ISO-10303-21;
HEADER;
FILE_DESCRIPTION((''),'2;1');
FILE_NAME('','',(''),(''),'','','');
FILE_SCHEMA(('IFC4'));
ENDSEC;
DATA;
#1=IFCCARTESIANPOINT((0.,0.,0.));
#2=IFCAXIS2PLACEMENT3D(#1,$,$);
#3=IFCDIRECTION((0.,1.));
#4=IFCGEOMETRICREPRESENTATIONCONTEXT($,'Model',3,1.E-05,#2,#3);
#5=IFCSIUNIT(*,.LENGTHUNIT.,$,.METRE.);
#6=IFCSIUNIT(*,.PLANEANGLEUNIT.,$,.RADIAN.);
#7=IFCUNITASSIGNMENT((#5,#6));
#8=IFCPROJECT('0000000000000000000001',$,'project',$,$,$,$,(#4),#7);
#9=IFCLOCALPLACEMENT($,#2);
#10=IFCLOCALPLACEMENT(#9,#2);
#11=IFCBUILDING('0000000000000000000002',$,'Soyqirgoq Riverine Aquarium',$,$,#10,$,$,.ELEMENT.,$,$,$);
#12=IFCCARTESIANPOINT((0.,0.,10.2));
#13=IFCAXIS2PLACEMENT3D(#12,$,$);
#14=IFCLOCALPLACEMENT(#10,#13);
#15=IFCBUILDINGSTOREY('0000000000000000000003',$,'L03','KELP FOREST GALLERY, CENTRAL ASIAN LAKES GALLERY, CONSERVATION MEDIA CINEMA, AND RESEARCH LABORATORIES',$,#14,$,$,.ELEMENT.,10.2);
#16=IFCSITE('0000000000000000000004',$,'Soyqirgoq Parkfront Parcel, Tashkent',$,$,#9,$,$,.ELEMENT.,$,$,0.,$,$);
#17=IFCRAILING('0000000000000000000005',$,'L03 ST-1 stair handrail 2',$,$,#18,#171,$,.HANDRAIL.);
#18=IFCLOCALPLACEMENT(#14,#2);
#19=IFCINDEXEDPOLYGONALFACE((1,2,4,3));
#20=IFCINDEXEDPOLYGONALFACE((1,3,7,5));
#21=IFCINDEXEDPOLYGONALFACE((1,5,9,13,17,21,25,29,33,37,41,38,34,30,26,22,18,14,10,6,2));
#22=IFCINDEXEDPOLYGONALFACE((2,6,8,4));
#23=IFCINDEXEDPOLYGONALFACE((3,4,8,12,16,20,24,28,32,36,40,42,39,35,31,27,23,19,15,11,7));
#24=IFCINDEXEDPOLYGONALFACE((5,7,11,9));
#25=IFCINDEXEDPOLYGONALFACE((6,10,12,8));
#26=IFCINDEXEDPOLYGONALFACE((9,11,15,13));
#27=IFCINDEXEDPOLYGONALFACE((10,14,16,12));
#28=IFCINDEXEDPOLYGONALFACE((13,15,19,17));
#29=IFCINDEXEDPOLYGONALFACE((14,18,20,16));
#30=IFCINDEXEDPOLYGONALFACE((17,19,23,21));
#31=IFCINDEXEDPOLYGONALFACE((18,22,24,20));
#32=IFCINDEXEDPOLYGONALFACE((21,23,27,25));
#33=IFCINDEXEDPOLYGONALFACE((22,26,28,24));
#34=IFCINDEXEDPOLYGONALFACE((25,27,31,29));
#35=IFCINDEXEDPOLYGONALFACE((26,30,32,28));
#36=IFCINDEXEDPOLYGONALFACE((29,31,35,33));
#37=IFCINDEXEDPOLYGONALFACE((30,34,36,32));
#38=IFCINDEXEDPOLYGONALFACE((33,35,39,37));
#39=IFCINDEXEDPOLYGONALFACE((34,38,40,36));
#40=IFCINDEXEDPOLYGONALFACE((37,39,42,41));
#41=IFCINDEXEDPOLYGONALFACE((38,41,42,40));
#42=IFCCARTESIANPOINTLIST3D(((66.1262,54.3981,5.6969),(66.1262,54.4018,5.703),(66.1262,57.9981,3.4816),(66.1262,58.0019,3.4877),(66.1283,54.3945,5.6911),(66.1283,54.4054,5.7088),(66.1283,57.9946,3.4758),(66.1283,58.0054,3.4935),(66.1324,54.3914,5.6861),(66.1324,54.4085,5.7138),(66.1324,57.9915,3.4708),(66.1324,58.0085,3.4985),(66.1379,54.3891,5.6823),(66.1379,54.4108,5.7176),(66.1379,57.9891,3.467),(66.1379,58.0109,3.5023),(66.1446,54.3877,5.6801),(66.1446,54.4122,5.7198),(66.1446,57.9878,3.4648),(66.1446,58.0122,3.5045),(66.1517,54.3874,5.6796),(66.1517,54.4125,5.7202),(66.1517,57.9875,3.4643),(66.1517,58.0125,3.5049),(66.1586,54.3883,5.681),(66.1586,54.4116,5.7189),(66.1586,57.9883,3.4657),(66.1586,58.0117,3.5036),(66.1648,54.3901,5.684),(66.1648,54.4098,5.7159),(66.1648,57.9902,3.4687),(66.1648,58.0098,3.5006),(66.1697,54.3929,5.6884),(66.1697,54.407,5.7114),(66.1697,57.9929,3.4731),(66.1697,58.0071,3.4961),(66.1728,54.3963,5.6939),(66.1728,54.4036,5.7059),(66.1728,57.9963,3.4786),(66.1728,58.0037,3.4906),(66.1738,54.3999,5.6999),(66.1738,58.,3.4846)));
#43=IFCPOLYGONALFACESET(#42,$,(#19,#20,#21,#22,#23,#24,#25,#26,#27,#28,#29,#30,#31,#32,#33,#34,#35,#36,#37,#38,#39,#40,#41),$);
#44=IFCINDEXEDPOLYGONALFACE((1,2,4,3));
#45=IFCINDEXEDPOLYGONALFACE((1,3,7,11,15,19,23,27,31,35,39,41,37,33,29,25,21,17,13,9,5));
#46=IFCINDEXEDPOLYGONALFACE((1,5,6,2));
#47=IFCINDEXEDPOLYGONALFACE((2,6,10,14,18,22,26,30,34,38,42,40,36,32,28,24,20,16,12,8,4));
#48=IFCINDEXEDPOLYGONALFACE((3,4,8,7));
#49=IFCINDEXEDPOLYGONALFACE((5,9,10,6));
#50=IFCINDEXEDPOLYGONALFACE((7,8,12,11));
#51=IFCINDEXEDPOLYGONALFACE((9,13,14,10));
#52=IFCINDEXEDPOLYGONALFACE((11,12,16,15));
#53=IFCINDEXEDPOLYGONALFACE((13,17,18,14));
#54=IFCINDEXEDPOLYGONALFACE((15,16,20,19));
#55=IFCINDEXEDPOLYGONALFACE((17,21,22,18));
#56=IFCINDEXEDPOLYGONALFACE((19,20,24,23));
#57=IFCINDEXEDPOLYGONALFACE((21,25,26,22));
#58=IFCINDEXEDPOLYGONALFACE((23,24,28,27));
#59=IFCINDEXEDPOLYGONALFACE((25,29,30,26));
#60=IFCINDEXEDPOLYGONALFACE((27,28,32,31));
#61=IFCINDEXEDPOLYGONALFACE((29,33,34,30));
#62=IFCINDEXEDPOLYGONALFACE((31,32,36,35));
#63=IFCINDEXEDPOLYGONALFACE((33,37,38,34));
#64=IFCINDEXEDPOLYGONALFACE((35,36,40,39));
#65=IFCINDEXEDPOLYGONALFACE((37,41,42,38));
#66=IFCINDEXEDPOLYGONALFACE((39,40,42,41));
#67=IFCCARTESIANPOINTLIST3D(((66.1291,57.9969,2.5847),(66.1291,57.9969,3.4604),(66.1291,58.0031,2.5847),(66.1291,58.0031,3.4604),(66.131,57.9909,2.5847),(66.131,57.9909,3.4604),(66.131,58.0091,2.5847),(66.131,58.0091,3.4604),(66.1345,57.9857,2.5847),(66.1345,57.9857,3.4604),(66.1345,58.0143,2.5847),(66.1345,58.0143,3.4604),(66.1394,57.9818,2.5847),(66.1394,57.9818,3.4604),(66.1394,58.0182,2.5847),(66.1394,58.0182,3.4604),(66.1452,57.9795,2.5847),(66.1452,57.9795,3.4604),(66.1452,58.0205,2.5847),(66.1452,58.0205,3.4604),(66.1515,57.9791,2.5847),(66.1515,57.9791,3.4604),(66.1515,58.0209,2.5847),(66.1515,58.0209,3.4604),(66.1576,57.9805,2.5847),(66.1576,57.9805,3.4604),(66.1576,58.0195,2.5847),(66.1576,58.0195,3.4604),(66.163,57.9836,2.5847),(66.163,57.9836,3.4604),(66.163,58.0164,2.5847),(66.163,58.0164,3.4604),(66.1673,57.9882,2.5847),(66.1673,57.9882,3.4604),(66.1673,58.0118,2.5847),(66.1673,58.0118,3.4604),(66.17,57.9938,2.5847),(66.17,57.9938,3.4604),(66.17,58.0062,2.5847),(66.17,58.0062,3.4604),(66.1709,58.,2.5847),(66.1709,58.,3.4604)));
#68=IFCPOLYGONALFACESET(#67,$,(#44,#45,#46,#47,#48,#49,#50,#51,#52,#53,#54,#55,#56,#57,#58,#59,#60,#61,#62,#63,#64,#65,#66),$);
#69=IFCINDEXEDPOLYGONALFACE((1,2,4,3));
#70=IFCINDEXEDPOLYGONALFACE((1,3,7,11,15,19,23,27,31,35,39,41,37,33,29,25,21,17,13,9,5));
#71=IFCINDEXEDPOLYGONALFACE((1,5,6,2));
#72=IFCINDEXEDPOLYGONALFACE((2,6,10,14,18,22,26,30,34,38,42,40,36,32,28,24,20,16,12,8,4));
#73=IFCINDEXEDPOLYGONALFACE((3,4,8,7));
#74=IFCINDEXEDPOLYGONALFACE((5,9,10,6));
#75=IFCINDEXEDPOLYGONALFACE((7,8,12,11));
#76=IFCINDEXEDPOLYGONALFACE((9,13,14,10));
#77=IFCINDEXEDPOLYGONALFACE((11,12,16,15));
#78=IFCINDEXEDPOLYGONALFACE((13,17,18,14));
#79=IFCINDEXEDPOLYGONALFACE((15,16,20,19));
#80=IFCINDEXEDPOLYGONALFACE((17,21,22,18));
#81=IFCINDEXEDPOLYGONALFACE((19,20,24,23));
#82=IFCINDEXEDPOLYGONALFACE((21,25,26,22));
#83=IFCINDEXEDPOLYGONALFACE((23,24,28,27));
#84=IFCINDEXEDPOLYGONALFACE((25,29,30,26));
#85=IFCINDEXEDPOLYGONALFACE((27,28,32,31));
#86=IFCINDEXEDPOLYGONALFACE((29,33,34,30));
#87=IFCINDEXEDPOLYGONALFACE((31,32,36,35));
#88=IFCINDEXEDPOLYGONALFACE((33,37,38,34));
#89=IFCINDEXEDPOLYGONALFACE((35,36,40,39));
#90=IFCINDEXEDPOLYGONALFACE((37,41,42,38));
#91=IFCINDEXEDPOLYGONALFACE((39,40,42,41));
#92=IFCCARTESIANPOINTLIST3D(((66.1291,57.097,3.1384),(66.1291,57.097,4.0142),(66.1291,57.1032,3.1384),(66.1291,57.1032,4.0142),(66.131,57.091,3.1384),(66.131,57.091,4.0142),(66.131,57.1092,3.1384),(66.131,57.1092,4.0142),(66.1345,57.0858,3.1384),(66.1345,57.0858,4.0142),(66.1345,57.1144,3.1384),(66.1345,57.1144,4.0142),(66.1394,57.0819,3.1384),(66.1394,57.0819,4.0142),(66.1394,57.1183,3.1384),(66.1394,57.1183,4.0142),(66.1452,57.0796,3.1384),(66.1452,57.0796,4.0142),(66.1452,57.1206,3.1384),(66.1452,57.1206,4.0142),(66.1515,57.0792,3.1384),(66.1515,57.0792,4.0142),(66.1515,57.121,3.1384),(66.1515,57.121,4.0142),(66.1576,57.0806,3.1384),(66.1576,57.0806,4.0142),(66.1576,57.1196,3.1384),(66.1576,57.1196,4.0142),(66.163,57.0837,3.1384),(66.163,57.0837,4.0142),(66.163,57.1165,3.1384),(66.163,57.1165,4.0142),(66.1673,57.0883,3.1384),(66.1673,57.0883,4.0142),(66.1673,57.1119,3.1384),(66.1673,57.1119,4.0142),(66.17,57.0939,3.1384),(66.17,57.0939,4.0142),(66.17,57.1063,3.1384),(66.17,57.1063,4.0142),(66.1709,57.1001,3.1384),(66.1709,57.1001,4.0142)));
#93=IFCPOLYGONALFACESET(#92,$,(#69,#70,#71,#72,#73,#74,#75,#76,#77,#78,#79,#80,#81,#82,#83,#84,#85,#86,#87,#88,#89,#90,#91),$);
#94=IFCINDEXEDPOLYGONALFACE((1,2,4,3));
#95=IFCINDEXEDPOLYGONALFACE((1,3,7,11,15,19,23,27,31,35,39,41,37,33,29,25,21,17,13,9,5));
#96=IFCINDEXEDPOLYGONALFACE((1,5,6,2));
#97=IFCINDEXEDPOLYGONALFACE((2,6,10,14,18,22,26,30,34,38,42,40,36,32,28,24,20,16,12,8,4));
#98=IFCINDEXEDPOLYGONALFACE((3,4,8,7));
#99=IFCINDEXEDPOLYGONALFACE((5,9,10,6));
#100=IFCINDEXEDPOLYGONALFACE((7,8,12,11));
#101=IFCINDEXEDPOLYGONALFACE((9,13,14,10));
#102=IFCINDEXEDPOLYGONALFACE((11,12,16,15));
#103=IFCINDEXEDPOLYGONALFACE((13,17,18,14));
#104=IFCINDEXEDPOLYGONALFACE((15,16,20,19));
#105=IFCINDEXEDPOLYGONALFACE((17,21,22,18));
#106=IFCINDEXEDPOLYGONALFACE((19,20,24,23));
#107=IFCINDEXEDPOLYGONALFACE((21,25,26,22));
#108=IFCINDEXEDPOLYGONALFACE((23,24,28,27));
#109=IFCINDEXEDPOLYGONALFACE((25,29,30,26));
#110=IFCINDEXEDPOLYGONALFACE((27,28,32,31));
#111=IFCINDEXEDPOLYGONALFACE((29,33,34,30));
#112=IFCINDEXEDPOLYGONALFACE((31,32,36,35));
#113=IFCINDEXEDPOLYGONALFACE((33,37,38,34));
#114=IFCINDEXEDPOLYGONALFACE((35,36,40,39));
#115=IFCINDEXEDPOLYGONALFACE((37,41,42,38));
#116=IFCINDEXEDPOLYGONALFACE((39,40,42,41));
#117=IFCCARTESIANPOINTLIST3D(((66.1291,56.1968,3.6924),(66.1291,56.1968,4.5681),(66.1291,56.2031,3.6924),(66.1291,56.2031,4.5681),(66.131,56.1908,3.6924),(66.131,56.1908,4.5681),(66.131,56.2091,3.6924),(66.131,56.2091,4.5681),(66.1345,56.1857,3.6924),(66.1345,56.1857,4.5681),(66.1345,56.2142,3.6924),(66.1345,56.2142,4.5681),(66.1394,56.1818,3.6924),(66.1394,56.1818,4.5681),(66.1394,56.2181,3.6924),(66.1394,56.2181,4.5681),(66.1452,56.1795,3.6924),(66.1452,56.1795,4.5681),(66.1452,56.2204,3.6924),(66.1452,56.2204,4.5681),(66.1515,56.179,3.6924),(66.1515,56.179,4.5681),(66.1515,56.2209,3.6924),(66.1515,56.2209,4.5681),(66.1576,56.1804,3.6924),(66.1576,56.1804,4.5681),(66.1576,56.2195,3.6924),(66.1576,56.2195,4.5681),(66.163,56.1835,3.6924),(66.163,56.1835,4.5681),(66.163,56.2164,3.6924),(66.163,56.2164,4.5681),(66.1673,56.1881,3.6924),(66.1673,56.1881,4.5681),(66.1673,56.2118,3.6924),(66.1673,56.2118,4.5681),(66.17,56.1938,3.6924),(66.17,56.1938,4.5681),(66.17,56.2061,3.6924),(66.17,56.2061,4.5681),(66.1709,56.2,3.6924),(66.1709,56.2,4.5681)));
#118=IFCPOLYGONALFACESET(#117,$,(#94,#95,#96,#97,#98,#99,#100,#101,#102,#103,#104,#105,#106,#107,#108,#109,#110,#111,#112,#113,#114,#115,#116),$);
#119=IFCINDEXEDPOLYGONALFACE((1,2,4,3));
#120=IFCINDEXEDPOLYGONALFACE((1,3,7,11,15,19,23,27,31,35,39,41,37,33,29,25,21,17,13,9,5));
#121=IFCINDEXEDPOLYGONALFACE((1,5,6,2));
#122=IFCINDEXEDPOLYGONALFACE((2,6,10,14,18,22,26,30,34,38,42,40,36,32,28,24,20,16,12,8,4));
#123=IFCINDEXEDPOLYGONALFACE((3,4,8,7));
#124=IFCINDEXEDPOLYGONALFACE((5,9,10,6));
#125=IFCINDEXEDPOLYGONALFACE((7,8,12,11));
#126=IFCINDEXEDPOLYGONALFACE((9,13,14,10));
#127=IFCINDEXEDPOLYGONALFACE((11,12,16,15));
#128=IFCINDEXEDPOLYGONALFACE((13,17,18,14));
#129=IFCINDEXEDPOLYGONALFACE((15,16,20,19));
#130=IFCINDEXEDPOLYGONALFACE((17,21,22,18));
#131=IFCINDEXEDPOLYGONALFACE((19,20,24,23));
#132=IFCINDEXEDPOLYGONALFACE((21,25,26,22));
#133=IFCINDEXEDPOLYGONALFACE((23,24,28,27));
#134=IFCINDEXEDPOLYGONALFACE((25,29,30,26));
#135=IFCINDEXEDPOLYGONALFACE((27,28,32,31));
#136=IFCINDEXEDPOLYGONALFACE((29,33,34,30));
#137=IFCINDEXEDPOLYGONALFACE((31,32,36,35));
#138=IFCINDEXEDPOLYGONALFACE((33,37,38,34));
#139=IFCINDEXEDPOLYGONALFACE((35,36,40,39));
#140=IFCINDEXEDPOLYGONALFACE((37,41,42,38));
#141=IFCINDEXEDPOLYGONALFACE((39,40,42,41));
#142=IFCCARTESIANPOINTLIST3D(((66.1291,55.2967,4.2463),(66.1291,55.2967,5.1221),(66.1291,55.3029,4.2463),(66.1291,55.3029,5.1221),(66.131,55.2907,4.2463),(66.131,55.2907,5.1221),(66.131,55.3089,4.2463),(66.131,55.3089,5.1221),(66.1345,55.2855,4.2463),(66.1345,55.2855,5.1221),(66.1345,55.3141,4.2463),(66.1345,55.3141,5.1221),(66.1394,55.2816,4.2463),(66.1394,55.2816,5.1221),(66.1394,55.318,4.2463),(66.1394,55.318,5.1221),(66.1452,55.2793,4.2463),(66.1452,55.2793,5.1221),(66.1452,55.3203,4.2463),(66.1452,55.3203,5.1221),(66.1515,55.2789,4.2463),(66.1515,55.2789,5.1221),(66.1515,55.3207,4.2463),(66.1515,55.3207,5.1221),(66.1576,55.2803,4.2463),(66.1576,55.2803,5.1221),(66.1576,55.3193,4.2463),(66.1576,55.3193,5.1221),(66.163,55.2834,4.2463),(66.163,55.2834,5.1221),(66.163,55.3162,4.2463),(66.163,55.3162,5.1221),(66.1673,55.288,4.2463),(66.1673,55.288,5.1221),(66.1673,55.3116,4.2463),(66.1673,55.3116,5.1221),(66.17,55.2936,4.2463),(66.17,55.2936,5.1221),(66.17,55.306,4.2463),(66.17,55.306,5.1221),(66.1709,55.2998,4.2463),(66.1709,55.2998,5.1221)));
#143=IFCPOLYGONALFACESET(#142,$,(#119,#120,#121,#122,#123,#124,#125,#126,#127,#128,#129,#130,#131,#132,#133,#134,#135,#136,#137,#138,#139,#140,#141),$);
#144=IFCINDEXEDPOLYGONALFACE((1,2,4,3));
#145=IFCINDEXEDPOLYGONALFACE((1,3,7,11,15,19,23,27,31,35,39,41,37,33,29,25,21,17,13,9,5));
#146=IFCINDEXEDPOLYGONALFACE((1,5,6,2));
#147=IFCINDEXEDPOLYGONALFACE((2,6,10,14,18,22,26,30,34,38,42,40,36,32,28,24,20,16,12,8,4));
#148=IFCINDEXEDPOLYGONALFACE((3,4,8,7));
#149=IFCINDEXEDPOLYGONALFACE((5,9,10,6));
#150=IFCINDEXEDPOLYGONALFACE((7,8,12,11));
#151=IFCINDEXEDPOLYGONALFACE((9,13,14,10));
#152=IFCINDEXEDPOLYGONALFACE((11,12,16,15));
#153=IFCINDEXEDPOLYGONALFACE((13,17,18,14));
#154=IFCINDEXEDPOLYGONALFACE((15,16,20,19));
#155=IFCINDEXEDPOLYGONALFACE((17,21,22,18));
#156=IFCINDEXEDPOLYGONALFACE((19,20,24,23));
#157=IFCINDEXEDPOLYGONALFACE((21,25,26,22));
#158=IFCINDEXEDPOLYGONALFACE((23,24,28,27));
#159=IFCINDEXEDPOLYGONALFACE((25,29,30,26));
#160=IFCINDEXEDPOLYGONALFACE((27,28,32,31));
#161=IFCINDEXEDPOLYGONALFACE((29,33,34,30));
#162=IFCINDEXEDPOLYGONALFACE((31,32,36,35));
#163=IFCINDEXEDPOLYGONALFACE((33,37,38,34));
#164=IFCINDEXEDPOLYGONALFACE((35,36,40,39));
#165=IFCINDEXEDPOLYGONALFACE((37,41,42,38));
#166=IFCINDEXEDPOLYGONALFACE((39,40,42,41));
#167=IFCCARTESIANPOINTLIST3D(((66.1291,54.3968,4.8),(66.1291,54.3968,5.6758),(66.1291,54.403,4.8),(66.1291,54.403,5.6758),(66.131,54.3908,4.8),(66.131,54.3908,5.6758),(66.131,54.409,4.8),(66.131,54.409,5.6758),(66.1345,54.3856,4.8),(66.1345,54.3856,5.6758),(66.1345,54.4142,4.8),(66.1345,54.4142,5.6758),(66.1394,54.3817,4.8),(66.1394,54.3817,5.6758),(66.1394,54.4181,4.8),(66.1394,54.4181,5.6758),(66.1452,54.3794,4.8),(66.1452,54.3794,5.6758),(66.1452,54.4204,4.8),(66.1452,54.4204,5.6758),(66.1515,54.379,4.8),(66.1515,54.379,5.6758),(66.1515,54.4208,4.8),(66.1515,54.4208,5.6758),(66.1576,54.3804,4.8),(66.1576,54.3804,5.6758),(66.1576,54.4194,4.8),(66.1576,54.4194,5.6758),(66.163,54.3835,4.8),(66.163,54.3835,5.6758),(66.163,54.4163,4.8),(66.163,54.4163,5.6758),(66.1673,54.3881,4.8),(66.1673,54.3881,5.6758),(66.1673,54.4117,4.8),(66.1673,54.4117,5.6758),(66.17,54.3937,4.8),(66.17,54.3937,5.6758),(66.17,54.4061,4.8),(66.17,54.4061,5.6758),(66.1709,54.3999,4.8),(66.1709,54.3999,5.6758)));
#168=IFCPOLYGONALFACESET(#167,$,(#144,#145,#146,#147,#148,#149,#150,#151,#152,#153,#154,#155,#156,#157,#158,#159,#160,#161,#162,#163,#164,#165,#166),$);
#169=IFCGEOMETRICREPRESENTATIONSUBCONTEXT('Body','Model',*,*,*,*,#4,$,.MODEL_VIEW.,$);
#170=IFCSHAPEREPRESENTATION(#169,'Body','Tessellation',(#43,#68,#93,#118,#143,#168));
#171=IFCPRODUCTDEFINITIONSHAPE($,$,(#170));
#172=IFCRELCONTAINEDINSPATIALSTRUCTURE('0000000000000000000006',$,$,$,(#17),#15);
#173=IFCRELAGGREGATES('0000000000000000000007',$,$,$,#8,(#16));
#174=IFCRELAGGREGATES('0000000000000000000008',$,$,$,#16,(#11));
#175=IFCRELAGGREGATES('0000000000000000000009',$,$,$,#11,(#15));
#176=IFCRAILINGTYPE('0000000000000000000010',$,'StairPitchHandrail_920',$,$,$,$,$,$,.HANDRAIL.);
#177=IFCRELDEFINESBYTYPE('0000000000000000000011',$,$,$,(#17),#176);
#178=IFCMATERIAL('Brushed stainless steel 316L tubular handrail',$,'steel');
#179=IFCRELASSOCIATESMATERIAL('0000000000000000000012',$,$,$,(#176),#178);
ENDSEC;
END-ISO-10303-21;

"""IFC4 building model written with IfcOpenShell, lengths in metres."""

from ifc_helpers import new_model, si_unit, direction, frame, origin, origin_2d, place, context, subcontext, project, spatial, circle, extrude, material, type_object, element, save


model = new_model("IFC4")

# Units and contexts
model_context = context("Model", 3, precision=1e-05, world=origin(), true_north=direction((0.0, 1.0)))
body_context = subcontext(model_context, "Body", "Model", "MODEL_VIEW")
ifc_project = project(units=[si_unit("LENGTHUNIT", "METRE"), si_unit("PLANEANGLEUNIT", "RADIAN")], contexts=[model_context])

# Site, building, storey
site_placement = place(None, origin())
site = spatial("IfcSite", under=ifc_project, at=site_placement, Name="Soyqirgoq Parkfront Parcel, Tashkent", CompositionType="ELEMENT", RefElevation=0.0)
building_placement = place(site_placement, origin())
building = spatial("IfcBuilding", under=site, at=building_placement, Name="Soyqirgoq Riverine Aquarium", CompositionType="ELEMENT")
storey_placement = place(building_placement, frame((0.0, 0.0, 10.2)))
storey = spatial("IfcBuildingStorey", under=building, at=storey_placement, Name="L03", Description="KELP FOREST GALLERY, CENTRAL ASIAN LAKES GALLERY, CONSERVATION MEDIA CINEMA, AND RESEARCH LABORATORIES", CompositionType="ELEMENT", Elevation=10.2)

# Railing
ifc_material_1 = material(Name="Brushed stainless steel 316L tubular handrail", Category="steel")
railing_type_1 = type_object("IfcRailingType", Name="StairPitchHandrail_920", PredefinedType="HANDRAIL", material=ifc_material_1)
railing_1_placement = place(storey_placement, frame((66.1499, 58.0, 2.5847)))
element("IfcRailing", 1, at=railing_1_placement, inside=storey, type_object=railing_type_1, Name="L03 ST-1 stair handrail 2", PredefinedType="HANDRAIL", context=body_context, shape_type="SweptSolid", body=[
    extrude(circle(Radius=0.0239, at=origin_2d()), frame((0.0, 0.0, 0.8999), z_axis=(0.0, -0.85167, 0.524078), x_axis=(1.0, 0.0, 0.0)), (0.0, 0.0, 1.0), 4.2271),
    extrude(circle(Radius=0.021, at=origin_2d()), origin(), (0.0, 0.0, 1.0), 0.8757),
    extrude(circle(Radius=0.021, at=origin_2d()), frame((0.0, -0.8999, 0.5537)), (0.0, 0.0, 1.0), 0.8757),
    extrude(circle(Radius=0.021, at=origin_2d()), frame((0.0, -1.8, 1.1077)), (0.0, 0.0, 1.0), 0.8757),
    extrude(circle(Radius=0.021, at=origin_2d()), frame((0.0, -2.7002, 1.6616)), (0.0, 0.0, 1.0), 0.8757),
    extrude(circle(Radius=0.021, at=origin_2d()), frame((0.0, -3.6001, 2.2153)), (0.0, 0.0, 1.0), 0.8757),
])

save(model, "model.ifc")
